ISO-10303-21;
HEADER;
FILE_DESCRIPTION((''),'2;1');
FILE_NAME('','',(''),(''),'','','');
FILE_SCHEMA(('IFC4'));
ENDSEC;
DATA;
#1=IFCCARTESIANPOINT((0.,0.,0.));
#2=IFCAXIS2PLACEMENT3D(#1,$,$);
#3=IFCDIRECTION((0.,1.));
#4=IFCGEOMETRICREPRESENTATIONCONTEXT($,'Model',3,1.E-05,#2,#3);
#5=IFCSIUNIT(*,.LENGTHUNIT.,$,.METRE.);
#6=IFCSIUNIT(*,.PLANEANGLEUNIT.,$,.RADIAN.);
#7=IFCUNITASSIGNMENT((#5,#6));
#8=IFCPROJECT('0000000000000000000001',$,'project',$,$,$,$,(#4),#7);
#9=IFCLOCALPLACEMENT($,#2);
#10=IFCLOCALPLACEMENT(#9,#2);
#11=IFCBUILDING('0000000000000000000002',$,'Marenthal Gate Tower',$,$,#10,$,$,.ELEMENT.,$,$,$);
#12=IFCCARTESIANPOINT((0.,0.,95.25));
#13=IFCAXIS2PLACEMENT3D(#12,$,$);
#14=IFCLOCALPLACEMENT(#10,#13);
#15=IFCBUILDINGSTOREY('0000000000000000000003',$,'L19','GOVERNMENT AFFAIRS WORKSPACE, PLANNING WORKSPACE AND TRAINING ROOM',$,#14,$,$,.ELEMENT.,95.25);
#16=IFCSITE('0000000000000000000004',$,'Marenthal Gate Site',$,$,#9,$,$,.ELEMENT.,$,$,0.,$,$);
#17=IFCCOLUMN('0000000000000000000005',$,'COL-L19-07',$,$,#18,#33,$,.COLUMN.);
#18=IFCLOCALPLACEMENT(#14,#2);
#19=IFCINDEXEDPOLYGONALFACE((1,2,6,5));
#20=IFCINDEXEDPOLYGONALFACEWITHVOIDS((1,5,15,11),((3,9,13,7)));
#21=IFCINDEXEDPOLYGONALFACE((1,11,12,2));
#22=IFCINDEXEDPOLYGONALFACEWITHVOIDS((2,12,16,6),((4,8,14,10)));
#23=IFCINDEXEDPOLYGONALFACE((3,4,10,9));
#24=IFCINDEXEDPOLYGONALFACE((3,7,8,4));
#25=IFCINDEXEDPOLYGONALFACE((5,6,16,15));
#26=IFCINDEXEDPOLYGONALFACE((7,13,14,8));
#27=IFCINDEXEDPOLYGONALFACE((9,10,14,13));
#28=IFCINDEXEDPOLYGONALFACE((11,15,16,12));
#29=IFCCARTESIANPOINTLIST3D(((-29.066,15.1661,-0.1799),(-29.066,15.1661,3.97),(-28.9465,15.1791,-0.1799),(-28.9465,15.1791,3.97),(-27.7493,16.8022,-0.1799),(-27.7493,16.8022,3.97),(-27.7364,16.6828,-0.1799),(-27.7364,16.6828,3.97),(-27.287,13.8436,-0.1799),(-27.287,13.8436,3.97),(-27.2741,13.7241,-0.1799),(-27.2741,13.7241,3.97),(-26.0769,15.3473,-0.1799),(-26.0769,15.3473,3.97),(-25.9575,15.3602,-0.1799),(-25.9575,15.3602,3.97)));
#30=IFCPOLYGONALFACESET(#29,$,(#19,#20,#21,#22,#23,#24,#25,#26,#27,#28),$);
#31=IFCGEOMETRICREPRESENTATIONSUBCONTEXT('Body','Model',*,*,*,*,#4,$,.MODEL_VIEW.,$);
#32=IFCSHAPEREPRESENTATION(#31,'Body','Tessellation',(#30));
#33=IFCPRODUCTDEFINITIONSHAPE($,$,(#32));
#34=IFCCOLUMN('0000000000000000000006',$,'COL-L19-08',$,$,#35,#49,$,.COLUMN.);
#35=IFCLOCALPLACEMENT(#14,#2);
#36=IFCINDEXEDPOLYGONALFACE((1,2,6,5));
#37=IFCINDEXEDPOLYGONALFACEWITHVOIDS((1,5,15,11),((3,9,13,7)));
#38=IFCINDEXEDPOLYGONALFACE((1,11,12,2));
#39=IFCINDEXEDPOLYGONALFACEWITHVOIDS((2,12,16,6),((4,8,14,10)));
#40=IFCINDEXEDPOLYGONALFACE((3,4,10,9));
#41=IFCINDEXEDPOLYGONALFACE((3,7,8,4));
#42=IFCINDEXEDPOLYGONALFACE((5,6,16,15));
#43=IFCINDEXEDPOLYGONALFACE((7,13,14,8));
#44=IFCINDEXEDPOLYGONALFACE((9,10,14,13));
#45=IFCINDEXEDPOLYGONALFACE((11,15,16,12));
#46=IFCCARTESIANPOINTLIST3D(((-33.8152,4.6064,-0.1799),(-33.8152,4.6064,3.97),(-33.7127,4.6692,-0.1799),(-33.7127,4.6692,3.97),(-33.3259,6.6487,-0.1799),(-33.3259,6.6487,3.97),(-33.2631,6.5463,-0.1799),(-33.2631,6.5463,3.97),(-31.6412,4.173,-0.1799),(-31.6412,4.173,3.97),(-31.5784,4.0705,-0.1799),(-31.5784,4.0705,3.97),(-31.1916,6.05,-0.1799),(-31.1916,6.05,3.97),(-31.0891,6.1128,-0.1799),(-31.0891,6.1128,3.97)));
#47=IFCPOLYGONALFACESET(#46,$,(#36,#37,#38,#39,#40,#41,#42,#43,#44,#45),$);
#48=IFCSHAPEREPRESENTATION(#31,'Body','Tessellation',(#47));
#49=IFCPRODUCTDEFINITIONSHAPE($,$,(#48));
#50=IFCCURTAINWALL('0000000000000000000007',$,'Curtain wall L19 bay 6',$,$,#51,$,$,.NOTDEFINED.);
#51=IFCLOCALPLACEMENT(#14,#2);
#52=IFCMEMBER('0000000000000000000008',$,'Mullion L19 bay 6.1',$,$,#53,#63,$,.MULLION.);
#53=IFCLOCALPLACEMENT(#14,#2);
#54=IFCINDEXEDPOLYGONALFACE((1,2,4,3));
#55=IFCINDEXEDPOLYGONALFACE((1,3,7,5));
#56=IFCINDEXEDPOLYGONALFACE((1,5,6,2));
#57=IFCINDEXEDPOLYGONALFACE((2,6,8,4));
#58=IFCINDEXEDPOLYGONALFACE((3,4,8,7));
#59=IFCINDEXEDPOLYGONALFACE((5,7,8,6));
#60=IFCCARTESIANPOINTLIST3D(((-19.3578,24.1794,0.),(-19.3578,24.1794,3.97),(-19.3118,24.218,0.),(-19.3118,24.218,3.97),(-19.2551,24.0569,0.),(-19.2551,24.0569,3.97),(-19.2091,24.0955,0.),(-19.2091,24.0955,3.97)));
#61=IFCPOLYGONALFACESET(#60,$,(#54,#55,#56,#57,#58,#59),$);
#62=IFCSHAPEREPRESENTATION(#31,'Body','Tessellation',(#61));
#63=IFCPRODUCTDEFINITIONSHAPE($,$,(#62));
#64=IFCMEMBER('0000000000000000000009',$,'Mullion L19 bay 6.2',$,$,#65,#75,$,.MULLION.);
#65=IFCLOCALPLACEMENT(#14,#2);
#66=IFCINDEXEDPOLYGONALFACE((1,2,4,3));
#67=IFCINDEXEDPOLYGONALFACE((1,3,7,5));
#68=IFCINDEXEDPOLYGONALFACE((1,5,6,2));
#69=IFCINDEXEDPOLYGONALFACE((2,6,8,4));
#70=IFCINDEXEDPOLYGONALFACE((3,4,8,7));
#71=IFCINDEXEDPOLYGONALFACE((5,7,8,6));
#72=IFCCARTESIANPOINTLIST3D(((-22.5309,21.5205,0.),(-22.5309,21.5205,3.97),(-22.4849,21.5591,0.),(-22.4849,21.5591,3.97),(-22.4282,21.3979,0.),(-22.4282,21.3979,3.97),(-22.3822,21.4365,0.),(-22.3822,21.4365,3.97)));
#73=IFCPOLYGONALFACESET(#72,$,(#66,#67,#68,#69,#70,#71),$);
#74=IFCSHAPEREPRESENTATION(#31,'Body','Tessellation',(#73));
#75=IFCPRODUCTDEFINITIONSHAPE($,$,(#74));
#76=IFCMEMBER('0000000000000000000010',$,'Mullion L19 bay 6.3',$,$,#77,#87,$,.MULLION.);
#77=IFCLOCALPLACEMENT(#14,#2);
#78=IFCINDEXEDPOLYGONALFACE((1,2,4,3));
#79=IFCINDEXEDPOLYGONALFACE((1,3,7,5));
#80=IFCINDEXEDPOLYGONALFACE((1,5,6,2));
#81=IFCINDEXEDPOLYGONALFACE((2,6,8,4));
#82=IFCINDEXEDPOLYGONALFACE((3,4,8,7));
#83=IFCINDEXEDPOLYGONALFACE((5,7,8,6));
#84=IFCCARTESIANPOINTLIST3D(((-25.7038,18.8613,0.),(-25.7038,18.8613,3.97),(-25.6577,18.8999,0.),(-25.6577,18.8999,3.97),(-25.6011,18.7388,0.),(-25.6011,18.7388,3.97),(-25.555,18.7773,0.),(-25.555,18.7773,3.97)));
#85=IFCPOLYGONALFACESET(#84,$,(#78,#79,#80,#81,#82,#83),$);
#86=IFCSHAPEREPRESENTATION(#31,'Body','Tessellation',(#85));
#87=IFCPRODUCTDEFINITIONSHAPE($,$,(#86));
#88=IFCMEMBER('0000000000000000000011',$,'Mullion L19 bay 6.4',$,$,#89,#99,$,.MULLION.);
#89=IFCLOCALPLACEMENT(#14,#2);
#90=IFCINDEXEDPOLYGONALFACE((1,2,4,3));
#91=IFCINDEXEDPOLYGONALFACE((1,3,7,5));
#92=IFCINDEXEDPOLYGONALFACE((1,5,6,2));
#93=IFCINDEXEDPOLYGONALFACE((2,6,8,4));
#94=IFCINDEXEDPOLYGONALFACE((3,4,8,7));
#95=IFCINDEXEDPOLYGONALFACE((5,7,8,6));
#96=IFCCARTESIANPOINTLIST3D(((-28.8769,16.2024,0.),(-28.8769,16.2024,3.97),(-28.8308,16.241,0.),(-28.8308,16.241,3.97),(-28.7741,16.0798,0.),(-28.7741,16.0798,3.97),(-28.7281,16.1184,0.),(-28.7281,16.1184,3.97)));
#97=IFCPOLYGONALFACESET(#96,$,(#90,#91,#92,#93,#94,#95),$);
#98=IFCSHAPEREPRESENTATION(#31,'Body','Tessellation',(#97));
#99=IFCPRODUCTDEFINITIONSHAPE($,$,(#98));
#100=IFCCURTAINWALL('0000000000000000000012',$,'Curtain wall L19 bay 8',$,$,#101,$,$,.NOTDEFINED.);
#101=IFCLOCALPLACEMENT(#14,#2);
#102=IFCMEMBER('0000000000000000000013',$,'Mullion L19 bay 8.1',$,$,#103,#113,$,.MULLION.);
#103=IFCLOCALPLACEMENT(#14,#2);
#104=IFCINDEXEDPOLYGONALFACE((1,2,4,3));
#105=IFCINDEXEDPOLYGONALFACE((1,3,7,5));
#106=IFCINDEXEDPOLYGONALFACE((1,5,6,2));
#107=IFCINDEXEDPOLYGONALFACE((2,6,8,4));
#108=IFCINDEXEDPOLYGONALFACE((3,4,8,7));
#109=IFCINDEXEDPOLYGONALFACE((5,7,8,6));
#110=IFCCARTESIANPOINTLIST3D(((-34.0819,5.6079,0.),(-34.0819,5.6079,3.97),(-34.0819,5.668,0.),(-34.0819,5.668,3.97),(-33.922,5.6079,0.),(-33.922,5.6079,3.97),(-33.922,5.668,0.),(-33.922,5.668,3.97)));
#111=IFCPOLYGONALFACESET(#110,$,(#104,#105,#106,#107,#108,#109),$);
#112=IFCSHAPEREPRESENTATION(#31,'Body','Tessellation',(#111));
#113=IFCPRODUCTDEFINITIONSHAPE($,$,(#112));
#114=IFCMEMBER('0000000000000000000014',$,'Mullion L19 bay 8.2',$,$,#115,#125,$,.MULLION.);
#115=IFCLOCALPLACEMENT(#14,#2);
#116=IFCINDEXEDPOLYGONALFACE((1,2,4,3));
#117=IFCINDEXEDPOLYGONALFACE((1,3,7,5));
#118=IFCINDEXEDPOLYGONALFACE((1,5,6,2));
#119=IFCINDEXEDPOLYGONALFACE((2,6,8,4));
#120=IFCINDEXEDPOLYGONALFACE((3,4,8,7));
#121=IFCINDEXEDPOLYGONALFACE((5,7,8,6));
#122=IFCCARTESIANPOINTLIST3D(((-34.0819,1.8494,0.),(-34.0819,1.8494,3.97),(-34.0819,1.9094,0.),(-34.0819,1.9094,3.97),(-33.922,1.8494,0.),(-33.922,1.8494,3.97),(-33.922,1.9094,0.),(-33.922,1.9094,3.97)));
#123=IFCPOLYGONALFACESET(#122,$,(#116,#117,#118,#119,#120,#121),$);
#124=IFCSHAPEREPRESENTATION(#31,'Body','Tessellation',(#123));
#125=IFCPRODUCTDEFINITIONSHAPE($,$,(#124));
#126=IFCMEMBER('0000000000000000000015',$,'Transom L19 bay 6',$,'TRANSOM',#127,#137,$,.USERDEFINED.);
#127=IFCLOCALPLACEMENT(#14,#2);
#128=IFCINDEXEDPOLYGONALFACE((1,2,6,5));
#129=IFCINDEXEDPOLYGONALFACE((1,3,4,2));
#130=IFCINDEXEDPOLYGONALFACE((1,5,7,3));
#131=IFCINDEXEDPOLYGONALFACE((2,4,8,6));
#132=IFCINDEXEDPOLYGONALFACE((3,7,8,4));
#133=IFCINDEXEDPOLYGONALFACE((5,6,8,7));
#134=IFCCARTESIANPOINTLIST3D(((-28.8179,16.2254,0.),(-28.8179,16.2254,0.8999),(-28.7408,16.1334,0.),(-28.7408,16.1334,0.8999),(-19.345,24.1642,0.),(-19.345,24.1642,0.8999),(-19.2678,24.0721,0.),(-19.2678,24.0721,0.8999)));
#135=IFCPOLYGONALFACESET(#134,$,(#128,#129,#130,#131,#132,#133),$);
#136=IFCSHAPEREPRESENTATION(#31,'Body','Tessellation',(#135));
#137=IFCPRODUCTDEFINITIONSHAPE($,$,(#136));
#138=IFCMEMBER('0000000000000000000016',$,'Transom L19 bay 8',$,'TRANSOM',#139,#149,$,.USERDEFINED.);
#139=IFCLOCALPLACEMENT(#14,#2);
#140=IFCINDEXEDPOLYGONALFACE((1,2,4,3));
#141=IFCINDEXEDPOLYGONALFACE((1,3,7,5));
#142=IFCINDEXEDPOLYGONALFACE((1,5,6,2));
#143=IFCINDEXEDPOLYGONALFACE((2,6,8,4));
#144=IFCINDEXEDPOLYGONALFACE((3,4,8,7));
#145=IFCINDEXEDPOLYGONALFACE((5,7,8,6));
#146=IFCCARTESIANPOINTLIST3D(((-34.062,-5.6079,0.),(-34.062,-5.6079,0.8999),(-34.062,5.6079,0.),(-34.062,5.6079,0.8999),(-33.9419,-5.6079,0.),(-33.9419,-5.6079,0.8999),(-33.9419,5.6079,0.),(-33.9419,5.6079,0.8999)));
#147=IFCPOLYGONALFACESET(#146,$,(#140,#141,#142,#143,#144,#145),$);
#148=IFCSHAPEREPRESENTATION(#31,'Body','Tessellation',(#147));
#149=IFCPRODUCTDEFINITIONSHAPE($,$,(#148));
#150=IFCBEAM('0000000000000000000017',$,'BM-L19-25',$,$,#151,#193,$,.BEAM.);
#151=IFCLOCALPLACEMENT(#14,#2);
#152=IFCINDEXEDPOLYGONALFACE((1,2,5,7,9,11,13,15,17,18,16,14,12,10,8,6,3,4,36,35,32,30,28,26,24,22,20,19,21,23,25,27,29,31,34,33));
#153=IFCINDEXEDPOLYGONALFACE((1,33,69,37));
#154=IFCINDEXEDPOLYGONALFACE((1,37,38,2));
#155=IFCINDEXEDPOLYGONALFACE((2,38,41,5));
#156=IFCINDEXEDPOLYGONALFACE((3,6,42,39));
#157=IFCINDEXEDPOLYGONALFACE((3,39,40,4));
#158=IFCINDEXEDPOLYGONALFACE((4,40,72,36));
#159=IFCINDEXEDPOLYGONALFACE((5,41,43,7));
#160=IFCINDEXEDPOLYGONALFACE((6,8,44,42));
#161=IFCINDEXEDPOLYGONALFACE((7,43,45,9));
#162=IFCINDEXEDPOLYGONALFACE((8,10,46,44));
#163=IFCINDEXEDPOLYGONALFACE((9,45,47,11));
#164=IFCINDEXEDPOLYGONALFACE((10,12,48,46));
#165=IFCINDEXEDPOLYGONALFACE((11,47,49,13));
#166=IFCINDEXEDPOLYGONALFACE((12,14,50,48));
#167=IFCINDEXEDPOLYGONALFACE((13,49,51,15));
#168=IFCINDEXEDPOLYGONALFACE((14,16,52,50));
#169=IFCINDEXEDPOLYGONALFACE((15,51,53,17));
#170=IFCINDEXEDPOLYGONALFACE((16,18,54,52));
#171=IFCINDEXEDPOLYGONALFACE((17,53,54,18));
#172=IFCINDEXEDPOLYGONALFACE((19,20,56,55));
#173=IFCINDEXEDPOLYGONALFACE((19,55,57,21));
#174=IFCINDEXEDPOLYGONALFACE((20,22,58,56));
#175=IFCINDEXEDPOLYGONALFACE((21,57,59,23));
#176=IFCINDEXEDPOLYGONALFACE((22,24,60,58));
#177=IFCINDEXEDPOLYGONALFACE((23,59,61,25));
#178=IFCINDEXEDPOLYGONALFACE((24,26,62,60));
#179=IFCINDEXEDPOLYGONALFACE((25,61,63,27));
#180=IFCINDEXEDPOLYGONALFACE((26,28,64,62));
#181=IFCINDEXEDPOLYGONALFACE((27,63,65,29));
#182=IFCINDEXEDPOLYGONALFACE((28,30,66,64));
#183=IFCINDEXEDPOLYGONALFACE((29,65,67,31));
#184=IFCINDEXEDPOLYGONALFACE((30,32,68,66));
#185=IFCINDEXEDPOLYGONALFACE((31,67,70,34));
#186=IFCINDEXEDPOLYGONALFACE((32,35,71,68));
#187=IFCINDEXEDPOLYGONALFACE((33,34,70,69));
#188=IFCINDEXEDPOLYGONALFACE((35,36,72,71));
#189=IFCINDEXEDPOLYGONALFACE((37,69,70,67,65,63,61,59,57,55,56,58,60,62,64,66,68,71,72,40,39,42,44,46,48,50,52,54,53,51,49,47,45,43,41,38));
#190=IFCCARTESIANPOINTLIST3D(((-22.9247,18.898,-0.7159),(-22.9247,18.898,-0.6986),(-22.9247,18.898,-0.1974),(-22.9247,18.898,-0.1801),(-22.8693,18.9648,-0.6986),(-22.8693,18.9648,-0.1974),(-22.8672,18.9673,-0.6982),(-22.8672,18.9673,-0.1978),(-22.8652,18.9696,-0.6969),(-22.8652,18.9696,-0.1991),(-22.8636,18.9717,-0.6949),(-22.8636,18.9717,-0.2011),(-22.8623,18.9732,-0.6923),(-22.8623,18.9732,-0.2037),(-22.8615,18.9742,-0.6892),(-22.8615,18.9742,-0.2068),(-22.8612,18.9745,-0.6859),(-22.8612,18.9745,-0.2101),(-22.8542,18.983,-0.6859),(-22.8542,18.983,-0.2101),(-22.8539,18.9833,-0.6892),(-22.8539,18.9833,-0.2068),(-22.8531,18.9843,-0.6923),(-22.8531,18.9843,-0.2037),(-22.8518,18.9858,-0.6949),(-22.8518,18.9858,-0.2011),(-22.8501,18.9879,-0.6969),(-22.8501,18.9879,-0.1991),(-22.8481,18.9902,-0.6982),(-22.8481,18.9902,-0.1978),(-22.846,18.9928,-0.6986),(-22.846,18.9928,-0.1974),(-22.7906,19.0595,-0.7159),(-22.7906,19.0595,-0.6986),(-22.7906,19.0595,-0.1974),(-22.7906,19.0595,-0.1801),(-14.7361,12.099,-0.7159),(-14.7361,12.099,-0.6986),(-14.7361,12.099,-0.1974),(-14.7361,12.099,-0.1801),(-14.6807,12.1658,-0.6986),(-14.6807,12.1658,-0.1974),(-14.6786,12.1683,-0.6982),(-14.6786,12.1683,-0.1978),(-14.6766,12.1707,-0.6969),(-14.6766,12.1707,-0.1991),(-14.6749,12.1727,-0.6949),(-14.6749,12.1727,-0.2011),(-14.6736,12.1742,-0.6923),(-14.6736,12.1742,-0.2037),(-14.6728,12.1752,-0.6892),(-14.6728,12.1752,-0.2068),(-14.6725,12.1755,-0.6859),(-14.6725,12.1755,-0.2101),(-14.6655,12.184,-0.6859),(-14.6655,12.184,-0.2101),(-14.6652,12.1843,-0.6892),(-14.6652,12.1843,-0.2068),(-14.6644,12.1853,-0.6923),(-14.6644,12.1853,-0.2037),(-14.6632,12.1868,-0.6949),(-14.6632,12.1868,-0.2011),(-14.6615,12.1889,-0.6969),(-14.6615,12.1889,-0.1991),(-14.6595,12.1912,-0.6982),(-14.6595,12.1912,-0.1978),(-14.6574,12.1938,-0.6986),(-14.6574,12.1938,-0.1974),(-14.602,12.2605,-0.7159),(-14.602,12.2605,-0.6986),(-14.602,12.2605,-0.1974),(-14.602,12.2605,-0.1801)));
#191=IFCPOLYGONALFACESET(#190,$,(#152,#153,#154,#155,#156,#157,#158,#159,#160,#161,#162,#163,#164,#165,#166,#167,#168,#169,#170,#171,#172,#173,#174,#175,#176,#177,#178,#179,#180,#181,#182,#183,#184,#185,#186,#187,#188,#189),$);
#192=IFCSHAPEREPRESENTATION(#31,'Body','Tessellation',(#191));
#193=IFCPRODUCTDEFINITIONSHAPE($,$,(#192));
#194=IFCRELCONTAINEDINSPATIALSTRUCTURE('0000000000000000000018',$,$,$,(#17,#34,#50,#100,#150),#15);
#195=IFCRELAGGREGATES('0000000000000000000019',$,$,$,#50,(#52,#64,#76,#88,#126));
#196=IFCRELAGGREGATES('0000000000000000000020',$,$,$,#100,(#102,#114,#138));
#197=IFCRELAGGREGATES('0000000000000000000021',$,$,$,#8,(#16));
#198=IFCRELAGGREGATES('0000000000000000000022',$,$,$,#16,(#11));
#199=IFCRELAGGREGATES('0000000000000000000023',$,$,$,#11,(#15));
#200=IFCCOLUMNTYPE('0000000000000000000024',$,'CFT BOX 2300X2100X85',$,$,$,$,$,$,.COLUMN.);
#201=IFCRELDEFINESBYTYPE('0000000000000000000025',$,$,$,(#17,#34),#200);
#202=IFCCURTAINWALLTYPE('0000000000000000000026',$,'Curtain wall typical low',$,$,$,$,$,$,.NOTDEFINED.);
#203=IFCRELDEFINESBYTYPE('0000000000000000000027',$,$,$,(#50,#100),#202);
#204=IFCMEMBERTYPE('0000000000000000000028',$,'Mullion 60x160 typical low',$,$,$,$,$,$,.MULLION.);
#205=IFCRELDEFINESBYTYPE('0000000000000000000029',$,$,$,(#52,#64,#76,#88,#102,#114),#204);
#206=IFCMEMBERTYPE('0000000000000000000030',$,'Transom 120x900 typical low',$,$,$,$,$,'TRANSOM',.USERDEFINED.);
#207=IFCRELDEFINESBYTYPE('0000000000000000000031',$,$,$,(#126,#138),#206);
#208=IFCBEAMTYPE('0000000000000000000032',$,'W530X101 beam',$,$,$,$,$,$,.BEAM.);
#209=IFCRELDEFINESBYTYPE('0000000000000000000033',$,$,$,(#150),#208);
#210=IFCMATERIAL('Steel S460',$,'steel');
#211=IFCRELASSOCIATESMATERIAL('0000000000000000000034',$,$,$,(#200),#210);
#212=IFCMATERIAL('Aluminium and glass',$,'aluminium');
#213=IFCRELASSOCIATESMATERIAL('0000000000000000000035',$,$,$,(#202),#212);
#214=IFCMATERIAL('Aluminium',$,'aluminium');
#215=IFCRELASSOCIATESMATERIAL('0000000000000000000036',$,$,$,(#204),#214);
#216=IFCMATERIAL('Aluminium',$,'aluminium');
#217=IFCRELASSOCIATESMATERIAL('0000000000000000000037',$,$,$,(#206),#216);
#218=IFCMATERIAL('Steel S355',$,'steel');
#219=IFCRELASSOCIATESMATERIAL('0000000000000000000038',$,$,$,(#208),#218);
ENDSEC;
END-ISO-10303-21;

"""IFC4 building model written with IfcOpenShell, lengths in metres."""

from ifc_helpers import new_model, si_unit, direction, frame, origin, origin_2d, place, context, subcontext, project, spatial, rectangle, hollow_rectangle, i_section, extrude, material, material_profile, profile_set, type_object, element, aggregate, save


model = new_model("IFC4")

# Units and contexts
model_context = context("Model", 3, precision=1e-05, world=origin(), true_north=direction((0.0, 1.0)))
body_context = subcontext(model_context, "Body", "Model", "MODEL_VIEW")
ifc_project = project(units=[si_unit("LENGTHUNIT", "METRE"), si_unit("PLANEANGLEUNIT", "RADIAN")], contexts=[model_context])

# Site, building, storey
site_placement = place(None, origin())
site = spatial("IfcSite", under=ifc_project, at=site_placement, Name="Marenthal Gate Site", CompositionType="ELEMENT", RefElevation=0.0)
building_placement = place(site_placement, origin())
building = spatial("IfcBuilding", under=site, at=building_placement, Name="Marenthal Gate Tower", CompositionType="ELEMENT")
storey_placement = place(building_placement, frame((0.0, 0.0, 95.25)))
storey = spatial("IfcBuildingStorey", under=building, at=storey_placement, Name="L19", Description="GOVERNMENT AFFAIRS WORKSPACE, PLANNING WORKSPACE AND TRAINING ROOM", CompositionType="ELEMENT", Elevation=95.25)

# Columns
ifc_material_1 = material(Name="Steel S460", Category="steel")
ifc_material_profile_1 = material_profile(ifc_material_1, hollow_rectangle(XDim=2.1001, YDim=2.3, WallThickness=0.085, at=origin_2d()), Name="CFT BOX 2300X2100X85")
ifc_material_2 = material(Name="Concrete 70 MPa", Category="concrete")
ifc_material_profile_2 = material_profile(ifc_material_2, rectangle(XDim=1.9299, YDim=2.1299, at=origin_2d()), Name="CFT BOX 2300X2100X85 INFILL")
ifc_profile_set_1 = profile_set([ifc_material_profile_1, ifc_material_profile_2], Name="Steel S460 shell, Concrete 70 MPa infill")
column_type = type_object("IfcColumnType", Name="CFT BOX 2300X2100X85", PredefinedType="COLUMN", material=ifc_profile_set_1)
for number, where, z_axis, x_axis, name in (
    (1, (-27.5117, 15.2632, -0.1799), (0.0, 0.0, 1.0), (0.626945, 0.779063, 0.0), "COL-L19-07"),
    (2, (-32.4521, 5.3596, -0.1799), (0.0, 0.0, 1.0), (0.232974, 0.972483, 0.0), "COL-L19-08"),
):
    element("IfcColumn", number, at=place(storey_placement, frame(where, z_axis=z_axis, x_axis=x_axis)), inside=storey, type_object=column_type, Name=name, PredefinedType="COLUMN", context=body_context, shape_type="SweptSolid", body=[
        extrude(hollow_rectangle(XDim=2.1001, YDim=2.3, WallThickness=0.085, at=origin_2d()), origin(), (0.0, 0.0, 1.0), 4.1499),
    ])

# Curtain walls, members
ifc_material_3 = material(Name="Aluminium and glass", Category="aluminium")
curtain_wall_type = type_object("IfcCurtainWallType", Name="Curtain wall typical low", PredefinedType="NOTDEFINED", material=ifc_material_3)
curtain_wall_1_placement = place(storey_placement, origin())
curtain_wall_1 = element("IfcCurtainWall", 3, at=curtain_wall_1_placement, inside=storey, type_object=curtain_wall_type, Name="Curtain wall L19 bay 6", PredefinedType="NOTDEFINED")
ifc_material_4 = material(Name="Aluminium", Category="aluminium")
ifc_material_profile_3 = material_profile(ifc_material_4, rectangle(XDim=0.1599, YDim=0.0601, at=origin_2d()), Name="60x160 aluminium mullion")
ifc_profile_set_2 = profile_set([ifc_material_profile_3], Name="Aluminium")
member_type_1 = type_object("IfcMemberType", Name="Mullion 60x160 typical low", PredefinedType="MULLION", material=ifc_profile_set_2)
member_1_placement = place(storey_placement, frame((-19.2834, 24.1375, 0.0), z_axis=(0.0, 0.0, 1.0), x_axis=(0.642308, -0.766447, 0.0)))
member_1 = element("IfcMember", 4, at=member_1_placement, type_object=member_type_1, Name="Mullion L19 bay 6.1", PredefinedType="MULLION", context=body_context, shape_type="SweptSolid", body=[
    extrude(rectangle(XDim=0.1599, YDim=0.0601, at=origin_2d()), origin(), (0.0, 0.0, 1.0), 3.97),
])
member_2_placement = place(storey_placement, frame((-22.4565, 21.4785, 0.0), z_axis=(0.0, 0.0, 1.0), x_axis=(0.642308, -0.766447, 0.0)))
member_2 = element("IfcMember", 5, at=member_2_placement, type_object=member_type_1, Name="Mullion L19 bay 6.2", PredefinedType="MULLION", context=body_context, shape_type="SweptSolid", body=[
    extrude(rectangle(XDim=0.1599, YDim=0.0601, at=origin_2d()), origin(), (0.0, 0.0, 1.0), 3.97),
])
member_3_placement = place(storey_placement, frame((-25.6294, 18.8193, 0.0), z_axis=(0.0, 0.0, 1.0), x_axis=(0.642308, -0.766447, 0.0)))
member_3 = element("IfcMember", 6, at=member_3_placement, type_object=member_type_1, Name="Mullion L19 bay 6.3", PredefinedType="MULLION", context=body_context, shape_type="SweptSolid", body=[
    extrude(rectangle(XDim=0.1599, YDim=0.0601, at=origin_2d()), origin(), (0.0, 0.0, 1.0), 3.97),
])
member_4_placement = place(storey_placement, frame((-28.8025, 16.1604, 0.0), z_axis=(0.0, 0.0, 1.0), x_axis=(0.642308, -0.766447, 0.0)))
member_4 = element("IfcMember", 7, at=member_4_placement, type_object=member_type_1, Name="Mullion L19 bay 6.4", PredefinedType="MULLION", context=body_context, shape_type="SweptSolid", body=[
    extrude(rectangle(XDim=0.1599, YDim=0.0601, at=origin_2d()), origin(), (0.0, 0.0, 1.0), 3.97),
])
curtain_wall_2_placement = place(storey_placement, origin())
curtain_wall_2 = element("IfcCurtainWall", 8, at=curtain_wall_2_placement, inside=storey, type_object=curtain_wall_type, Name="Curtain wall L19 bay 8", PredefinedType="NOTDEFINED")
member_5_placement = place(storey_placement, frame((-34.002, 5.6379, 0.0), z_axis=(0.0, 0.0, 1.0), x_axis=(1.0, 0.0, 0.0)))
member_5 = element("IfcMember", 9, at=member_5_placement, type_object=member_type_1, Name="Mullion L19 bay 8.1", PredefinedType="MULLION", context=body_context, shape_type="SweptSolid", body=[
    extrude(rectangle(XDim=0.1599, YDim=0.0601, at=origin_2d()), origin(), (0.0, 0.0, 1.0), 3.97),
])
member_6_placement = place(storey_placement, frame((-34.002, 1.8794, 0.0), z_axis=(0.0, 0.0, 1.0), x_axis=(1.0, 0.0, 0.0)))
member_6 = element("IfcMember", 10, at=member_6_placement, type_object=member_type_1, Name="Mullion L19 bay 8.2", PredefinedType="MULLION", context=body_context, shape_type="SweptSolid", body=[
    extrude(rectangle(XDim=0.1599, YDim=0.0601, at=origin_2d()), origin(), (0.0, 0.0, 1.0), 3.97),
])

# Members
ifc_material_5 = material(Name="Aluminium", Category="aluminium")
ifc_material_profile_4 = material_profile(ifc_material_5, rectangle(XDim=0.1201, YDim=0.8999, at=origin_2d()), Name="120x900 aluminium transom")
ifc_profile_set_3 = profile_set([ifc_material_profile_4], Name="Aluminium")
member_type_2 = type_object("IfcMemberType", Name="Transom 120x900 typical low", ElementType="TRANSOM", PredefinedType="USERDEFINED", material=ifc_profile_set_3)
member_7_placement = place(storey_placement, frame((-19.3064, 24.1182, 0.45), z_axis=(-0.766442, -0.642313, 0.0), x_axis=(0.642313, -0.766442, 0.0)))
member_7 = element("IfcMember", 11, at=member_7_placement, type_object=member_type_2, Name="Transom L19 bay 6", ObjectType="TRANSOM", PredefinedType="USERDEFINED", context=body_context, shape_type="SweptSolid", body=[
    extrude(rectangle(XDim=0.1201, YDim=0.8999, at=origin_2d()), origin(), (0.0, 0.0, 1.0), 12.3596),
])
member_8_placement = place(storey_placement, frame((-34.002, 5.6079, 0.45), z_axis=(0.0, -1.0, 0.0), x_axis=(1.0, 0.0, 0.0)))
member_8 = element("IfcMember", 12, at=member_8_placement, type_object=member_type_2, Name="Transom L19 bay 8", ObjectType="TRANSOM", PredefinedType="USERDEFINED", context=body_context, shape_type="SweptSolid", body=[
    extrude(rectangle(XDim=0.1201, YDim=0.8999, at=origin_2d()), origin(), (0.0, 0.0, 1.0), 11.2158),
])

# Beam
ifc_material_6 = material(Name="Steel S355", Category="steel")
ifc_material_profile_5 = material_profile(ifc_material_6, i_section(OverallWidth=0.21, OverallDepth=0.5359, WebThickness=0.011, FlangeThickness=0.0173, FilletRadius=0.0127, at=origin_2d()), Name="W530X101")
ifc_profile_set_4 = profile_set([ifc_material_profile_5], Name="Steel S355")
beam_type_1 = type_object("IfcBeamType", Name="W530X101 beam", PredefinedType="BEAM", material=ifc_profile_set_4)
beam_1_placement = place(storey_placement, frame((-22.8577, 18.9788, -0.448), z_axis=(0.769369, -0.638805, 0.0), x_axis=(0.638805, 0.769369, 0.0)))
element("IfcBeam", 13, at=beam_1_placement, inside=storey, type_object=beam_type_1, Name="BM-L19-25", PredefinedType="BEAM", context=body_context, shape_type="SweptSolid", body=[
    extrude(i_section(OverallWidth=0.21, OverallDepth=0.5359, WebThickness=0.011, FlangeThickness=0.0173, FilletRadius=0.0127, at=origin_2d()), origin(), (0.0, 0.0, 1.0), 10.6433),
])

aggregate(curtain_wall_1, [member_1, member_2, member_3, member_4, member_7])
aggregate(curtain_wall_2, [member_5, member_6, member_8])

save(model, "model.ifc")
